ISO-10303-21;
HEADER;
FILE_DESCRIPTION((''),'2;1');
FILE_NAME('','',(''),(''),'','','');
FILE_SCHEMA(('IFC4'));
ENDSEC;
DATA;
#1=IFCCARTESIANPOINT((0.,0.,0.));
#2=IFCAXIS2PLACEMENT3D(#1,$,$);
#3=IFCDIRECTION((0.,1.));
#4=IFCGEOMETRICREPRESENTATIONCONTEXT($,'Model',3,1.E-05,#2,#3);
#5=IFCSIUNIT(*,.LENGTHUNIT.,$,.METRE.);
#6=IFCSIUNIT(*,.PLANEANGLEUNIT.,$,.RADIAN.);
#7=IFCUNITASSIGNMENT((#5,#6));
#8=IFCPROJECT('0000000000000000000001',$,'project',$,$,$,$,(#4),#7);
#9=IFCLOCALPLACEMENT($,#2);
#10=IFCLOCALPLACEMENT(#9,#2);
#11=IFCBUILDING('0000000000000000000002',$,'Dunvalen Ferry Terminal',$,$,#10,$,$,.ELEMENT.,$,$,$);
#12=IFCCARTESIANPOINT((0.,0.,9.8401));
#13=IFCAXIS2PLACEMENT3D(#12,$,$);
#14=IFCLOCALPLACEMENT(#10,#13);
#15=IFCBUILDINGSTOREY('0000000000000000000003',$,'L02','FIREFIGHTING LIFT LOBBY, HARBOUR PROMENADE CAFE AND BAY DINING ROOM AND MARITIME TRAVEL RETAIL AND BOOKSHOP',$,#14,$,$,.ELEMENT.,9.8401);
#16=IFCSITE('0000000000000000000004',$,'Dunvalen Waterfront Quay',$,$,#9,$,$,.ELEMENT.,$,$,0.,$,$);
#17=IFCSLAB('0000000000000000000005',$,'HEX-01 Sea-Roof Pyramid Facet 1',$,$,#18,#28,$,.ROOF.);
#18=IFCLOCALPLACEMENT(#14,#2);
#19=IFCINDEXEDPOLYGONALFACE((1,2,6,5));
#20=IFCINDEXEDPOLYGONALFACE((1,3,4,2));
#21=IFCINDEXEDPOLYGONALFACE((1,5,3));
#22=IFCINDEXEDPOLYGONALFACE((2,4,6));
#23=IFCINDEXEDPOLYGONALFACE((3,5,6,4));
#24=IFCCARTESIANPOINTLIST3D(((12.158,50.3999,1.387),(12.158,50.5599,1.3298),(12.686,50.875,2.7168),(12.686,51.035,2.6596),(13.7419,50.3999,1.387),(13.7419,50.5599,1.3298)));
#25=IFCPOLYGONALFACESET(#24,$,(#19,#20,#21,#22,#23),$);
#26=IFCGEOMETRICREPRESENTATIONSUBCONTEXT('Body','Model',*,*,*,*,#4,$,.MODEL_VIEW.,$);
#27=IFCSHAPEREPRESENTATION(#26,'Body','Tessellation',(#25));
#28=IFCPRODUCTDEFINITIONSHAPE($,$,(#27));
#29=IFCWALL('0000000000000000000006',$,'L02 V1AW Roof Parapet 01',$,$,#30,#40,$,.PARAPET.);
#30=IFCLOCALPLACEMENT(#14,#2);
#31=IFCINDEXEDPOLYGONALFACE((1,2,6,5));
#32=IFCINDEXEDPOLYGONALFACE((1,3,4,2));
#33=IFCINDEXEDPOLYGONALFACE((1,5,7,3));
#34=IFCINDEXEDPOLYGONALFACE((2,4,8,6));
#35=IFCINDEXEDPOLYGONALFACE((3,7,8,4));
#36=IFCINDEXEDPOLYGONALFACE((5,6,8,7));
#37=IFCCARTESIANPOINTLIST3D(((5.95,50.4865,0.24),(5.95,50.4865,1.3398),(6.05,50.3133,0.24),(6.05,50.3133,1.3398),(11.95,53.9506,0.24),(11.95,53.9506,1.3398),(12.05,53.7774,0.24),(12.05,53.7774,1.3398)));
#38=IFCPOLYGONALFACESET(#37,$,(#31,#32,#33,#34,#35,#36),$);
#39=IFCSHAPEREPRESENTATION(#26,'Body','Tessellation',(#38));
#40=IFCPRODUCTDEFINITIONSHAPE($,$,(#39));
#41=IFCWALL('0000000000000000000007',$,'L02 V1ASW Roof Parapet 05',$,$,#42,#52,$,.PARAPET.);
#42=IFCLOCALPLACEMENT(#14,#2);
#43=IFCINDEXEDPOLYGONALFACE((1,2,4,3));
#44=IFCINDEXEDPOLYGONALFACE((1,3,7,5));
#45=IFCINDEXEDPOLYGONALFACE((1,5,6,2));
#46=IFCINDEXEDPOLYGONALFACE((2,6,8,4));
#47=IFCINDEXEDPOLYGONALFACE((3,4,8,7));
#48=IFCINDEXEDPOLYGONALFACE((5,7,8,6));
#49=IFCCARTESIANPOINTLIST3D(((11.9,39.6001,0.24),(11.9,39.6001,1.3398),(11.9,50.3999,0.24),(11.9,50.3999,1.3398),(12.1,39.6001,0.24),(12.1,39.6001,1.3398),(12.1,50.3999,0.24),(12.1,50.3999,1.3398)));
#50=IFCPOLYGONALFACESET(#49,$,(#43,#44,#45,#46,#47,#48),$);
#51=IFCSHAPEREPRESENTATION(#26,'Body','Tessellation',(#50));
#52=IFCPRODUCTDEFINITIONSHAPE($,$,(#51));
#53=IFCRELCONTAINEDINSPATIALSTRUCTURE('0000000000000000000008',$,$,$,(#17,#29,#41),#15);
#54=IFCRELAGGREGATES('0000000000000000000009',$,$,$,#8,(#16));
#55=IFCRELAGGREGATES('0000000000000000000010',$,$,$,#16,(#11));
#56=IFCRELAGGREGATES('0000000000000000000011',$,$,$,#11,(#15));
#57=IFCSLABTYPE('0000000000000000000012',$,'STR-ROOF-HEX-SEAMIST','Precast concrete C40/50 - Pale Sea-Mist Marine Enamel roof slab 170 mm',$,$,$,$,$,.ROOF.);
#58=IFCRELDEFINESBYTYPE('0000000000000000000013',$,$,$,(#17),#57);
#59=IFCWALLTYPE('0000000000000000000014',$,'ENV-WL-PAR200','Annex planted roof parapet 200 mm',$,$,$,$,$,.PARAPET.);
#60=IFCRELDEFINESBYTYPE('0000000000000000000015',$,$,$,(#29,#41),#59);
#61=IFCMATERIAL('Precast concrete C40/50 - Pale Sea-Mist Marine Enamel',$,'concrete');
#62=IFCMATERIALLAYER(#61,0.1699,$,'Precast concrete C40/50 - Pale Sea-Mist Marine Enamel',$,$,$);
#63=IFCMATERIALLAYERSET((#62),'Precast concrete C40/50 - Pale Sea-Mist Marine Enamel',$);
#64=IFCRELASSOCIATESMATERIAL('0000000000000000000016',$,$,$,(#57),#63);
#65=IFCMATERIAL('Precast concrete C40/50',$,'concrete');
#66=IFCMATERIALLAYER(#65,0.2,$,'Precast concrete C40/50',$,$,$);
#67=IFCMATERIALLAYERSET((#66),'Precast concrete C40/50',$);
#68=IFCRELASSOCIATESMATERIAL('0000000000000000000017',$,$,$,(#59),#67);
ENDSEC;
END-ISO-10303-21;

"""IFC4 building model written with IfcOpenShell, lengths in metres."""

from ifc_helpers import new_model, si_unit, direction, frame, frame_2d, origin, place, context, subcontext, project, spatial, polyline, rectangle, outline, extrude, material, layer, layer_set, type_object, element, save


model = new_model("IFC4")

# Units and contexts
model_context = context("Model", 3, precision=1e-05, world=origin(), true_north=direction((0.0, 1.0)))
body_context = subcontext(model_context, "Body", "Model", "MODEL_VIEW")
ifc_project = project(units=[si_unit("LENGTHUNIT", "METRE"), si_unit("PLANEANGLEUNIT", "RADIAN")], contexts=[model_context])

# Site, building, storey
site_placement = place(None, origin())
site = spatial("IfcSite", under=ifc_project, at=site_placement, Name="Dunvalen Waterfront Quay", CompositionType="ELEMENT", RefElevation=0.0)
building_placement = place(site_placement, origin())
building = spatial("IfcBuilding", under=site, at=building_placement, Name="Dunvalen Ferry Terminal", CompositionType="ELEMENT")
storey_placement = place(building_placement, frame((0.0, 0.0, 9.8401)))
storey = spatial("IfcBuildingStorey", under=building, at=storey_placement, Name="L02", Description="FIREFIGHTING LIFT LOBBY, HARBOUR PROMENADE CAFE AND BAY DINING ROOM AND MARITIME TRAVEL RETAIL AND BOOKSHOP", CompositionType="ELEMENT", Elevation=9.8401)

# Slab
ifc_material_1 = material(Name="Precast concrete C40/50 - Pale Sea-Mist Marine Enamel", Category="concrete")
ifc_layer_1 = layer(ifc_material_1, 0.1699, Name="Precast concrete C40/50 - Pale Sea-Mist Marine Enamel")
ifc_layer_set_1 = layer_set([ifc_layer_1], Name="Precast concrete C40/50 - Pale Sea-Mist Marine Enamel")
slab_type = type_object("IfcSlabType", Name="STR-ROOF-HEX-SEAMIST", Description="Precast concrete C40/50 - Pale Sea-Mist Marine Enamel roof slab 170 mm", PredefinedType="ROOF", material=ifc_layer_set_1)
slab_placement = place(storey_placement, frame((12.158, 50.3999, 1.387), z_axis=(0.0, -0.941707, 0.336435), x_axis=(1.0, 0.0, 0.0)))
element("IfcSlab", 1, at=slab_placement, inside=storey, type_object=slab_type, Name="HEX-01 Sea-Roof Pyramid Facet 1", PredefinedType="ROOF", context=body_context, shape_type="SweptSolid", body=[
    extrude(outline(polyline([(0.0, 0.0), (1.584, 0.0), (0.5281, 1.4122), (0.0, 0.0)])), origin(), (0.0, 0.0, -1.0), 0.1699),
])

# Walls
ifc_material_2 = material(Name="Precast concrete C40/50", Category="concrete")
ifc_layer_2 = layer(ifc_material_2, 0.2, Name="Precast concrete C40/50")
ifc_layer_set_2 = layer_set([ifc_layer_2], Name="Precast concrete C40/50")
wall_type = type_object("IfcWallType", Name="ENV-WL-PAR200", Description="Annex planted roof parapet 200 mm", PredefinedType="PARAPET", material=ifc_layer_set_2)
wall_1_placement = place(storey_placement, frame((6.0, 50.3999, 0.24), z_axis=(0.0, 0.0, 1.0), x_axis=(0.866025, 0.500001, 0.0)))
element("IfcWall", 2, at=wall_1_placement, inside=storey, type_object=wall_type, Name="L02 V1AW Roof Parapet 01", PredefinedType="PARAPET", context=body_context, shape_type="SweptSolid", body=[
    extrude(rectangle(XDim=6.9282, YDim=0.2, at=frame_2d((3.4641, 0.0))), origin(), (0.0, 0.0, 1.0), 1.0999),
])
wall_2_placement = place(storey_placement, frame((12.0, 50.3999, 0.24), z_axis=(0.0, 0.0, 1.0), x_axis=(0.0, -1.0, 0.0)))
element("IfcWall", 3, at=wall_2_placement, inside=storey, type_object=wall_type, Name="L02 V1ASW Roof Parapet 05", PredefinedType="PARAPET", context=body_context, shape_type="SweptSolid", body=[
    extrude(rectangle(XDim=10.7998, YDim=0.2, at=frame_2d((5.3999, 0.0))), origin(), (0.0, 0.0, 1.0), 1.0999),
])

save(model, "model.ifc")
